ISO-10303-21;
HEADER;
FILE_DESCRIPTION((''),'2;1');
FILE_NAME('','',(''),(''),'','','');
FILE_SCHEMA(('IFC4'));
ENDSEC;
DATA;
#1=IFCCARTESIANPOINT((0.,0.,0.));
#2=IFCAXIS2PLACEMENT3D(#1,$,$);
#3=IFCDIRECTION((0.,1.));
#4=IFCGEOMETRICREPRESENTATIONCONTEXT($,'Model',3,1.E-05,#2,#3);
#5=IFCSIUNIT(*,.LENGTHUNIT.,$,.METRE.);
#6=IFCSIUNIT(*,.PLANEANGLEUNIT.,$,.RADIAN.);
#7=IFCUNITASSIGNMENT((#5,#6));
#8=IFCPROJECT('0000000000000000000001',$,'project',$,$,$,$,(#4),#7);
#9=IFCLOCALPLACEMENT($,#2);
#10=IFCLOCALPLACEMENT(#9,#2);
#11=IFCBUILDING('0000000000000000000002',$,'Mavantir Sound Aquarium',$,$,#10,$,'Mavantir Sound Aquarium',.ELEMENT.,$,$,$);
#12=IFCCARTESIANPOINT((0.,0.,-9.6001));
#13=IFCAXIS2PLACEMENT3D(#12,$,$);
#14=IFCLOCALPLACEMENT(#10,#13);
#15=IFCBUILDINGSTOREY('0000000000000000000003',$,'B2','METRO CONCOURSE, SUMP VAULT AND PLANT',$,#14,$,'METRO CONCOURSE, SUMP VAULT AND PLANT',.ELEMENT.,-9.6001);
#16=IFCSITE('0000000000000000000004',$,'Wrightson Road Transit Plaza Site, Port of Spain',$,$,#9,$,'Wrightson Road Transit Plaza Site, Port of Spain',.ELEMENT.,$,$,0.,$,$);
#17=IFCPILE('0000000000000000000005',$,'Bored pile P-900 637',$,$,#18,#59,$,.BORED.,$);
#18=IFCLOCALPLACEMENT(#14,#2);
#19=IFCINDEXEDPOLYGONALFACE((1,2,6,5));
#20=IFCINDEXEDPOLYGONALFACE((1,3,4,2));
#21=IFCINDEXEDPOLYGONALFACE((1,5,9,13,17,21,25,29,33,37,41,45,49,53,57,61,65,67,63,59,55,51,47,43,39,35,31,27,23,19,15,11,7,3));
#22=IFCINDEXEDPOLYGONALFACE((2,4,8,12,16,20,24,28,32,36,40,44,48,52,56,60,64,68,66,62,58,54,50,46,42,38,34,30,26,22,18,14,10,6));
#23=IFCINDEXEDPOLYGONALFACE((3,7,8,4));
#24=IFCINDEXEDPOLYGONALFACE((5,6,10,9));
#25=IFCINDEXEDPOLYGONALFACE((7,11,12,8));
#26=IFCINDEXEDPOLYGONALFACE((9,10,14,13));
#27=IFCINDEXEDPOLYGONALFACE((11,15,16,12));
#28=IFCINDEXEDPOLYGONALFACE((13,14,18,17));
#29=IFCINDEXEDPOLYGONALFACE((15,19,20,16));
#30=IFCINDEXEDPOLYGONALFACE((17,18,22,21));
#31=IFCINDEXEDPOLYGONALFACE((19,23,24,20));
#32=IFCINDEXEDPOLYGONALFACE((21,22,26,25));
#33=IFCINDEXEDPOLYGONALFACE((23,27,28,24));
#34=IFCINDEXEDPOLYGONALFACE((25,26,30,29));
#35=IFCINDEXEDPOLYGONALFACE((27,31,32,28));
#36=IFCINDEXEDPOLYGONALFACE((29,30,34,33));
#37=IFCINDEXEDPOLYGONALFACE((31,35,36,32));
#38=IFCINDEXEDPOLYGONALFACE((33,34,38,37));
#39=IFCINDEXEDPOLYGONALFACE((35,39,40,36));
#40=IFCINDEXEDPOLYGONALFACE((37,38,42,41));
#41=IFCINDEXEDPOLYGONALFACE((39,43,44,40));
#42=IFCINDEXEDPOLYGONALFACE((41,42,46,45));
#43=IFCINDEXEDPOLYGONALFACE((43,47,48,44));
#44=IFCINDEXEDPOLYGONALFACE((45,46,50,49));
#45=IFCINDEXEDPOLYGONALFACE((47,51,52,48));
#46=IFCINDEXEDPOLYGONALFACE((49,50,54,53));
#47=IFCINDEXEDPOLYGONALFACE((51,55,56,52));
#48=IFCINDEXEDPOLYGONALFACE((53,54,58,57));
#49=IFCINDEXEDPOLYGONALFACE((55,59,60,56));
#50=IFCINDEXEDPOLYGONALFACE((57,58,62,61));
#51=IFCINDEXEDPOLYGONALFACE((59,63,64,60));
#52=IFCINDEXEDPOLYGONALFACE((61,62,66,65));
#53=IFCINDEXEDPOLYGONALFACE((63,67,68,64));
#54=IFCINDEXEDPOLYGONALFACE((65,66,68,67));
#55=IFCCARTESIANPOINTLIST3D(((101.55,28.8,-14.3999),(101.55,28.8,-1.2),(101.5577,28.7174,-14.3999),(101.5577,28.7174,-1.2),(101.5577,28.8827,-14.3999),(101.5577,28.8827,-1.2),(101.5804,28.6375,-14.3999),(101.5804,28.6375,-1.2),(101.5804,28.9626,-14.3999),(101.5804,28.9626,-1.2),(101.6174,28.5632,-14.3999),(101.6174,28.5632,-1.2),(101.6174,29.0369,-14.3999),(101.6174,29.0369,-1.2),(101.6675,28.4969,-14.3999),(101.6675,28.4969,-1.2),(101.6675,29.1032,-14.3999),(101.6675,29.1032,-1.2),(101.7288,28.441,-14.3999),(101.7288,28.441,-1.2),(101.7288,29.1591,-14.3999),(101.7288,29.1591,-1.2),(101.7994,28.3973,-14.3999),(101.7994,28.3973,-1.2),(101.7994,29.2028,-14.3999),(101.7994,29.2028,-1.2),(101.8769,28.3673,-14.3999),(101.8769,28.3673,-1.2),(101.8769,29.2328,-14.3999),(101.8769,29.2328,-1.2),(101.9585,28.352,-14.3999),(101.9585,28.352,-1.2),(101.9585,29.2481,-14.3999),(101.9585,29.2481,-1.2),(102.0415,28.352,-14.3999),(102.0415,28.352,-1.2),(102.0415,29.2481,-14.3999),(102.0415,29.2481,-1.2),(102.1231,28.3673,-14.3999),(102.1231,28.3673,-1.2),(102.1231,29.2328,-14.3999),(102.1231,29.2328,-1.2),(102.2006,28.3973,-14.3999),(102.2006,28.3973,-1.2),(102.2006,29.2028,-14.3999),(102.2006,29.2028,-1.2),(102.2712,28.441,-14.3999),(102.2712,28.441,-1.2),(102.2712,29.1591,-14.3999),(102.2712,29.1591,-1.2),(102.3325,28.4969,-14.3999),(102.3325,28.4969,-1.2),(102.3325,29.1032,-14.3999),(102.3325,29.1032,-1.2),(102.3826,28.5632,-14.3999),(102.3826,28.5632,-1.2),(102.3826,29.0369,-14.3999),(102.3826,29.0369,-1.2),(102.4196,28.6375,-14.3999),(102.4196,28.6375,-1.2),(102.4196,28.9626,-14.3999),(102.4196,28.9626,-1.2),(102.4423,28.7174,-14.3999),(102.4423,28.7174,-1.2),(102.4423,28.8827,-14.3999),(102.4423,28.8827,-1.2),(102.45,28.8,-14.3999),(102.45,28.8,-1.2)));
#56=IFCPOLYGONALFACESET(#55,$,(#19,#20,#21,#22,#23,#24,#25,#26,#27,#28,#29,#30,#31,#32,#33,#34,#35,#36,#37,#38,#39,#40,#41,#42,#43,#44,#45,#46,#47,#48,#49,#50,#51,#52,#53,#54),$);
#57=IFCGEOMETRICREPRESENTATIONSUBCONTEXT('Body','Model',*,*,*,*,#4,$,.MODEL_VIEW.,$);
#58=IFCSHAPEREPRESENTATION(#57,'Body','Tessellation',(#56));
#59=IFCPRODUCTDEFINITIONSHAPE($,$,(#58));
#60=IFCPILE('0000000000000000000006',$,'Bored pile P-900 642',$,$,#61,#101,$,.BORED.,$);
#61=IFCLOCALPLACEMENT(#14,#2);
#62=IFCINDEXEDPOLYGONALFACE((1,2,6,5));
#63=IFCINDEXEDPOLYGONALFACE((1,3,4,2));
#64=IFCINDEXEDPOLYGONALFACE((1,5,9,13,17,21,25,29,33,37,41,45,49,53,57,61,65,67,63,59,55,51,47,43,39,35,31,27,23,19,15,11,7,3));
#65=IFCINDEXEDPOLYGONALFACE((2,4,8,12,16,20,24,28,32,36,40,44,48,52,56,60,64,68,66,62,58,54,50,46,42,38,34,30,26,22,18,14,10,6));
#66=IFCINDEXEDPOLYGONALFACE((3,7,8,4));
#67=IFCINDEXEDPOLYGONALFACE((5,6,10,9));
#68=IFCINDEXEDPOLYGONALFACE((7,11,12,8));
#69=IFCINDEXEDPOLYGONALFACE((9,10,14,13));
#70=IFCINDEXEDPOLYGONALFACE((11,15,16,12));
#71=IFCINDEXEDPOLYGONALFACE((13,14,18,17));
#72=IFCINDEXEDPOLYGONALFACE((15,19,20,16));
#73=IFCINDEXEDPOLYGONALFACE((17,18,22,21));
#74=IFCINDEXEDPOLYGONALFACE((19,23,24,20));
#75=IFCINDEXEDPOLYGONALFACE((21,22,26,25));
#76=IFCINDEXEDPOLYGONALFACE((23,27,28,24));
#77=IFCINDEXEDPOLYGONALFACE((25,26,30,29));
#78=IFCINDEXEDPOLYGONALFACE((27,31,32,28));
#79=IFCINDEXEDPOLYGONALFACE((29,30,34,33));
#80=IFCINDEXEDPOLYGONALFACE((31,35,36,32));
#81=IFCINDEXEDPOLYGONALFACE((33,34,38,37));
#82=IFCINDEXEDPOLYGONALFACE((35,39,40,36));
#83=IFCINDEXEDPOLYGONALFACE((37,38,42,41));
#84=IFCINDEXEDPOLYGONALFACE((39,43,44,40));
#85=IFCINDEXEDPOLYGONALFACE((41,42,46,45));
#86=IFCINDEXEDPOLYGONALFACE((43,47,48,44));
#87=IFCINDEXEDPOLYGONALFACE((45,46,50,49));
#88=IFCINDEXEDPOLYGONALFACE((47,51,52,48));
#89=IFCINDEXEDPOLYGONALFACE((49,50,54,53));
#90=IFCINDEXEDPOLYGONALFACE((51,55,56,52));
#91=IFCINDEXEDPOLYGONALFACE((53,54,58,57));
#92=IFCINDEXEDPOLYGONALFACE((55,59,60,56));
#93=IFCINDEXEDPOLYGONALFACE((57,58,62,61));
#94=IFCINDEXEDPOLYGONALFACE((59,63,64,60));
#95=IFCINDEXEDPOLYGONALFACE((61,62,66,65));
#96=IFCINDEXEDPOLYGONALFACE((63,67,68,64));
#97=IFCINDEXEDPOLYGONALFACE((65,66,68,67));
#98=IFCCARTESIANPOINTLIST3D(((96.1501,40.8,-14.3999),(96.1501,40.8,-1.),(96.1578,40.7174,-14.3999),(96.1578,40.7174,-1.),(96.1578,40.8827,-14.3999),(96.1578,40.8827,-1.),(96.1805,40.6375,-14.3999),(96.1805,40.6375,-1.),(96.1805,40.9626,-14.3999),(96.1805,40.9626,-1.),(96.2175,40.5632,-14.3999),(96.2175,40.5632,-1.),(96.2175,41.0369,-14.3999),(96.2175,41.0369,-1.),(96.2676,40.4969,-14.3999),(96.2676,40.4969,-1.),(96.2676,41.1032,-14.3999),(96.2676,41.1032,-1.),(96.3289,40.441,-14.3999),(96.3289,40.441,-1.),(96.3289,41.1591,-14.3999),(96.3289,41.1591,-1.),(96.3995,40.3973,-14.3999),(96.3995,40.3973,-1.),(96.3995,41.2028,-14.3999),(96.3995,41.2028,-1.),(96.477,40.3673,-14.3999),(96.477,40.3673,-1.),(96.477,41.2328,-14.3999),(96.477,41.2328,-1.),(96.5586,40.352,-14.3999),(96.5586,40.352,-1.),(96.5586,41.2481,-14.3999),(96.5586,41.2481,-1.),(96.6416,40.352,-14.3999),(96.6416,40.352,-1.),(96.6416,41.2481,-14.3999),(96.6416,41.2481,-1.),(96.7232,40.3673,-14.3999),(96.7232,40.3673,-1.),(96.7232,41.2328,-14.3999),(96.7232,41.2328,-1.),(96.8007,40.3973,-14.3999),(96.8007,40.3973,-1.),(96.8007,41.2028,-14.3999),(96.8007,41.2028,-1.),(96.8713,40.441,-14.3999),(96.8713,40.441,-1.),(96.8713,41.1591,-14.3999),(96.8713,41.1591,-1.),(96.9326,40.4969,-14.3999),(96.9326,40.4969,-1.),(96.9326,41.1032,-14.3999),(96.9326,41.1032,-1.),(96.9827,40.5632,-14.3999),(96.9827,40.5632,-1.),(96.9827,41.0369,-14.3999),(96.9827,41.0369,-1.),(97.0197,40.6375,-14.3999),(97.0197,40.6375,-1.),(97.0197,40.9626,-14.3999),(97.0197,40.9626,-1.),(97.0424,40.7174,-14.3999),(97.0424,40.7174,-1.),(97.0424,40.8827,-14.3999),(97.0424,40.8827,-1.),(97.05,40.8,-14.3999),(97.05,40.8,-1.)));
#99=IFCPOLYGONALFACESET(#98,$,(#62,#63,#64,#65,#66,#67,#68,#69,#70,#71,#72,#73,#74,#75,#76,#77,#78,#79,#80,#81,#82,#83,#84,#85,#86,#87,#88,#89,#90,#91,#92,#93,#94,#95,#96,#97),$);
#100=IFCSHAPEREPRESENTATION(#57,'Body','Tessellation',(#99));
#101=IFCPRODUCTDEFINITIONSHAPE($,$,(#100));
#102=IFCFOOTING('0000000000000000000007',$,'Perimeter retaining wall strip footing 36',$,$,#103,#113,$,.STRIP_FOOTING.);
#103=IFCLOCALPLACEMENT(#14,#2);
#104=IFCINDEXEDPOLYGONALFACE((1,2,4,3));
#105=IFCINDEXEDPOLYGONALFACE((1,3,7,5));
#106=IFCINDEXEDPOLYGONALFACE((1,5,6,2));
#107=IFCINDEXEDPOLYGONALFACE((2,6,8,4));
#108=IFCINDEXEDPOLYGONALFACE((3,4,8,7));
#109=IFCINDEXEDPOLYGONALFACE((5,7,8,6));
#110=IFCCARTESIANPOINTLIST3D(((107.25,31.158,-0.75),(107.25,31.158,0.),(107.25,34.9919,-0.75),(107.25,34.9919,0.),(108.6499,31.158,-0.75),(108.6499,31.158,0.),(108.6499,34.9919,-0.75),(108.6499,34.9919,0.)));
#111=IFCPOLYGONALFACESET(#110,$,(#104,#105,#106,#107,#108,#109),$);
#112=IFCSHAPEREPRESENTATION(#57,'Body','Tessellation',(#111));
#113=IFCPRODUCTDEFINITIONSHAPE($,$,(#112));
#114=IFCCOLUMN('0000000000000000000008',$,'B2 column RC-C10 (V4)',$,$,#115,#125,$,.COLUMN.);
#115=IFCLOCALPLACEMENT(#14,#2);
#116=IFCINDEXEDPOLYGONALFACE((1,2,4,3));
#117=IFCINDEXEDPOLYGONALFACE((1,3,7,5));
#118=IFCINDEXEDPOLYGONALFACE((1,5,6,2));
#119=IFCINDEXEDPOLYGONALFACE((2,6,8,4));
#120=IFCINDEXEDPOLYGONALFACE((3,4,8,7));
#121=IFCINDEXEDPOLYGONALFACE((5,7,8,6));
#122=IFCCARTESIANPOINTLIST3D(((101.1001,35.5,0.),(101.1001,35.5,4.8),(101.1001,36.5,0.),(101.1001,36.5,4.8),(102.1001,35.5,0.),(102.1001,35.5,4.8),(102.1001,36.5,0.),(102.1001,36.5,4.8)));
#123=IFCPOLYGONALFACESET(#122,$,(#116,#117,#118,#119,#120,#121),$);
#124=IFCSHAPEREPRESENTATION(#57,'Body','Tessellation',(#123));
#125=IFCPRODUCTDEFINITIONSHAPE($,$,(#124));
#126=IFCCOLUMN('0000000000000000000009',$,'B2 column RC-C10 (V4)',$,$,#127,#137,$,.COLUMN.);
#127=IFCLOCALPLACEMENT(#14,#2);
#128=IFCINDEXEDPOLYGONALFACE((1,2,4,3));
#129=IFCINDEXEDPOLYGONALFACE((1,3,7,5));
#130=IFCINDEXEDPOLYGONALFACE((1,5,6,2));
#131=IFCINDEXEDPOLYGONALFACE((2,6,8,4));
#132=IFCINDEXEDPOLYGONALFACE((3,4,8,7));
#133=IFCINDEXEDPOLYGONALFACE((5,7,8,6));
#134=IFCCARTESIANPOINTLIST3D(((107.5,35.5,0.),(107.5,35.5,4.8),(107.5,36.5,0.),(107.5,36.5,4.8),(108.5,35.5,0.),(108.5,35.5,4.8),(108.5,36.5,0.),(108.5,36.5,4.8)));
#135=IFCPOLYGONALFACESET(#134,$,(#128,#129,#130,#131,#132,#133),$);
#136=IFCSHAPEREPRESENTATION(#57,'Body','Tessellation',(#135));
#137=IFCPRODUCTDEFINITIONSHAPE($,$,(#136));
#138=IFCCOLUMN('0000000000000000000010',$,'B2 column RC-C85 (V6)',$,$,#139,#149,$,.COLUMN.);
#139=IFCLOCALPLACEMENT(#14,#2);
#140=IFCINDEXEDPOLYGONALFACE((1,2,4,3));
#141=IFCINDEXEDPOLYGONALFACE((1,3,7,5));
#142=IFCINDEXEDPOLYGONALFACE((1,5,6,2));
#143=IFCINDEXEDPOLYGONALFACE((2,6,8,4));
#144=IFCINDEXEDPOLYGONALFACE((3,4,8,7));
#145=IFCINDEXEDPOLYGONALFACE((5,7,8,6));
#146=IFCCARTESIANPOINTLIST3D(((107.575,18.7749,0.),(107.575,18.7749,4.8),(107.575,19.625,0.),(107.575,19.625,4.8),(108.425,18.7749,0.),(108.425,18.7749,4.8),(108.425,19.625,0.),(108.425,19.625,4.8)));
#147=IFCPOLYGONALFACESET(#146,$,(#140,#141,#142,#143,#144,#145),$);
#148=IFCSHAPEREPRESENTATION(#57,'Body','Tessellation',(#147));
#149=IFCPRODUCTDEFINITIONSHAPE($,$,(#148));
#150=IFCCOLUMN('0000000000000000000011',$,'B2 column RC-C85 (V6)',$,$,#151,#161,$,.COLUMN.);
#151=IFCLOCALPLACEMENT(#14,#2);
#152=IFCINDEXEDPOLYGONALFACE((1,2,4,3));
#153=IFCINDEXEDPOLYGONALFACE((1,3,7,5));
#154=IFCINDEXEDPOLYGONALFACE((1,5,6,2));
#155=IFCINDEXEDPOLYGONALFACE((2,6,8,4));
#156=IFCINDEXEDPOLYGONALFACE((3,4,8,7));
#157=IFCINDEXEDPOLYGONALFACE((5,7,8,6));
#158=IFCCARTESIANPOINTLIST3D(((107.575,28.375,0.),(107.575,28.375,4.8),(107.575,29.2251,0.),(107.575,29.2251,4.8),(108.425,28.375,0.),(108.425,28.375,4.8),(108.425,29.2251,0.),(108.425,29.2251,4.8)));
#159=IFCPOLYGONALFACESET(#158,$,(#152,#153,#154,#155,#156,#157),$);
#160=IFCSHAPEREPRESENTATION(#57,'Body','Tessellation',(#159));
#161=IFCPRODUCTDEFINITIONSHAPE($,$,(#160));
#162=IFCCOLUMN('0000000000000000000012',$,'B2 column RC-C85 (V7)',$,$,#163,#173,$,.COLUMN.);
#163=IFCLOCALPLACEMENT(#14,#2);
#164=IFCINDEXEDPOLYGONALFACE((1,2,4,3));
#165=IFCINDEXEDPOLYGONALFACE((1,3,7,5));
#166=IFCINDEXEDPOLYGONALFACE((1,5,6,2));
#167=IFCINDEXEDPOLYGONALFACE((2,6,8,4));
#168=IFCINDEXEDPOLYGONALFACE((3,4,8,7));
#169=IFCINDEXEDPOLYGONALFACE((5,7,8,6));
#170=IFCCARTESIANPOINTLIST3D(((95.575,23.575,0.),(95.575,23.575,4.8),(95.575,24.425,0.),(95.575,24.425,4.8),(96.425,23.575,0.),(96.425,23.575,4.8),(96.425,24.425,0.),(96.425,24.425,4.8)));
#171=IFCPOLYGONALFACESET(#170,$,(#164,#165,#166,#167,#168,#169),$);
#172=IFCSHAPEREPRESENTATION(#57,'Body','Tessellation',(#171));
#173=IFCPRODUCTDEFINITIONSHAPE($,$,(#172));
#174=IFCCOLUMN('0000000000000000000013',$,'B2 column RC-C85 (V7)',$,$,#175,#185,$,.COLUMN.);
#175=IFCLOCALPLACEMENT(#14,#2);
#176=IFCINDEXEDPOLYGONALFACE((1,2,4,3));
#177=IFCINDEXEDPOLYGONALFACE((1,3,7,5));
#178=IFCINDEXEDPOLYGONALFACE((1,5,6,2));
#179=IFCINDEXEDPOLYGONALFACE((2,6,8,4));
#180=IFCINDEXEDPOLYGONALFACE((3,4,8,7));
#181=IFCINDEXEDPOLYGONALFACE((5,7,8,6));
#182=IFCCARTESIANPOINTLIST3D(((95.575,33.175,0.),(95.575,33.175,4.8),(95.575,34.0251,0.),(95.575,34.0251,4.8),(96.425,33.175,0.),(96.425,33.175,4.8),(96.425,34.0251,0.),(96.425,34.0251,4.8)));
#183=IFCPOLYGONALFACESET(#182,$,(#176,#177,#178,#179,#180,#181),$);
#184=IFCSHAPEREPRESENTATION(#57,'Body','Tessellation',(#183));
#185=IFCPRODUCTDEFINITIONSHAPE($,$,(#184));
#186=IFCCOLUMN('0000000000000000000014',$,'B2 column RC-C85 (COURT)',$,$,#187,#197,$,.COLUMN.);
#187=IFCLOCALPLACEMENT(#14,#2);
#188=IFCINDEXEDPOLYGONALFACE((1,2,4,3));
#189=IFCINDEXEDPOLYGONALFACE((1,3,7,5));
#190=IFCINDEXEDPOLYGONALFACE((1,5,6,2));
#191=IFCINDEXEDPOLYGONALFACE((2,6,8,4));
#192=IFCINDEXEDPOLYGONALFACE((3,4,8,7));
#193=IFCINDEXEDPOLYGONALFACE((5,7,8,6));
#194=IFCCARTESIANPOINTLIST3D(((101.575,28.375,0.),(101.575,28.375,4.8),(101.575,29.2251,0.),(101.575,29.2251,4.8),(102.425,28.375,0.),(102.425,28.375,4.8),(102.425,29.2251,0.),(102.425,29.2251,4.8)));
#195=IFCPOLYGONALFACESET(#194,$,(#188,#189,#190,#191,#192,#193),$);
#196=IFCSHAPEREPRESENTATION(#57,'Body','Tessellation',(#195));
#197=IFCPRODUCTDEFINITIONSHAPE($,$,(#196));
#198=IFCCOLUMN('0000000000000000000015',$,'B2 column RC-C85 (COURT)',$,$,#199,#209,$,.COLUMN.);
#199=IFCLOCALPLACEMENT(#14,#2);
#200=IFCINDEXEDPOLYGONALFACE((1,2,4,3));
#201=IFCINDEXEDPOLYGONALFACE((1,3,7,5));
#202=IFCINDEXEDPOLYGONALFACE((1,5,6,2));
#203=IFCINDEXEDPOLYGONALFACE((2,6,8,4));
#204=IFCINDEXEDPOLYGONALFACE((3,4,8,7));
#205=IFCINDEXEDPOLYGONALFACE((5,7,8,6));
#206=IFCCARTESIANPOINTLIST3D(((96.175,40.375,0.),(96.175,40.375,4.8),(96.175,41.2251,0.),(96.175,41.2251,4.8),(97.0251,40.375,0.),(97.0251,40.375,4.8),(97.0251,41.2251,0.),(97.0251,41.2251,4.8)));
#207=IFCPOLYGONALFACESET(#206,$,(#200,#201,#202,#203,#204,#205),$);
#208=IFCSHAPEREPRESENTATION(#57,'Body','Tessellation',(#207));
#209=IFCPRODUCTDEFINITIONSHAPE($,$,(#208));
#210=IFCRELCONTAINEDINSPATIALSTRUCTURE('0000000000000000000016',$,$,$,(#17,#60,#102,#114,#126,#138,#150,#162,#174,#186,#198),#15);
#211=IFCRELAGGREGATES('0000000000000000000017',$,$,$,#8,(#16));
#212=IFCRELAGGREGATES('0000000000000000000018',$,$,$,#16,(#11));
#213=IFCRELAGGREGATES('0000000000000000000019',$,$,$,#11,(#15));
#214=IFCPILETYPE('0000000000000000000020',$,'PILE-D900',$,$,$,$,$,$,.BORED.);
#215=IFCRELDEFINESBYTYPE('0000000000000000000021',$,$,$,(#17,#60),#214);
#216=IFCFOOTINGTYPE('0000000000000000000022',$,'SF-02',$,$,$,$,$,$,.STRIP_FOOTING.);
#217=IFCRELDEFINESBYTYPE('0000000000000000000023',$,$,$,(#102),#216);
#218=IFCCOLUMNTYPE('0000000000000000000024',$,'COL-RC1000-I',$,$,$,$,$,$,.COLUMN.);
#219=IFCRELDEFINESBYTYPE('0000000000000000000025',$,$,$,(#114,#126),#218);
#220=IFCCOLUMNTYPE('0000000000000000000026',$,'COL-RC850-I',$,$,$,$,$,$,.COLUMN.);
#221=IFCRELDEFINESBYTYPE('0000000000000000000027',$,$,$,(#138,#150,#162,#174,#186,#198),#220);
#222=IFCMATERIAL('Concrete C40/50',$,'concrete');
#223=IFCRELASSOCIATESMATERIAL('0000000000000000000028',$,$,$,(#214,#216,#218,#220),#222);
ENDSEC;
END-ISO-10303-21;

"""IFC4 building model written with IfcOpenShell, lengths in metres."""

from ifc_helpers import new_model, si_unit, direction, frame, origin, origin_2d, place, context, subcontext, project, spatial, rectangle, circle, extrude, material, material_profile, profile_set, type_object, element, save


model = new_model("IFC4")

# Units and contexts
model_context = context("Model", 3, precision=1e-05, world=origin(), true_north=direction((0.0, 1.0)))
body_context = subcontext(model_context, "Body", "Model", "MODEL_VIEW")
ifc_project = project(units=[si_unit("LENGTHUNIT", "METRE"), si_unit("PLANEANGLEUNIT", "RADIAN")], contexts=[model_context])

# Site, building, storey
site_placement = place(None, origin())
site = spatial("IfcSite", under=ifc_project, at=site_placement, Name="Wrightson Road Transit Plaza Site, Port of Spain", LongName="Wrightson Road Transit Plaza Site, Port of Spain", CompositionType="ELEMENT", RefElevation=0.0)
building_placement = place(site_placement, origin())
building = spatial("IfcBuilding", under=site, at=building_placement, Name="Mavantir Sound Aquarium", LongName="Mavantir Sound Aquarium", CompositionType="ELEMENT")
storey_placement = place(building_placement, frame((0.0, 0.0, -9.6001)))
storey = spatial("IfcBuildingStorey", under=building, at=storey_placement, Name="B2", Description="METRO CONCOURSE, SUMP VAULT AND PLANT", LongName="METRO CONCOURSE, SUMP VAULT AND PLANT", CompositionType="ELEMENT", Elevation=-9.6001)

# Shared definitions
ifc_material_1 = material(Name="Concrete C40/50", Category="concrete")

# Piles
ifc_material_profile_1 = material_profile(ifc_material_1, circle(Radius=0.45, at=origin_2d()), Name="PILE D900")
ifc_profile_set_1 = profile_set([ifc_material_profile_1], Name="Concrete C40/50")
pile_type = type_object("IfcPileType", Name="PILE-D900", PredefinedType="BORED", material=ifc_profile_set_1)
pile_1_placement = place(storey_placement, frame((102.0, 28.8, -1.2), z_axis=(0.0, 0.0, -1.0), x_axis=(1.0, 0.0, 0.0)))
element("IfcPile", 1, at=pile_1_placement, inside=storey, type_object=pile_type, Name="Bored pile P-900 637", PredefinedType="BORED", context=body_context, shape_type="SweptSolid", body=[
    extrude(circle(Radius=0.45, at=origin_2d()), origin(), (0.0, 0.0, 1.0), 13.2),
])
pile_2_placement = place(storey_placement, frame((96.6001, 40.8, -1.0), z_axis=(0.0, 0.0, -1.0), x_axis=(1.0, 0.0, 0.0)))
element("IfcPile", 2, at=pile_2_placement, inside=storey, type_object=pile_type, Name="Bored pile P-900 642", PredefinedType="BORED", context=body_context, shape_type="SweptSolid", body=[
    extrude(circle(Radius=0.45, at=origin_2d()), origin(), (0.0, 0.0, 1.0), 13.3999),
])

# Footing
ifc_material_profile_2 = material_profile(ifc_material_1, rectangle(XDim=1.3999, YDim=0.75, at=origin_2d()), Name="RC 1400X750")
ifc_profile_set_2 = profile_set([ifc_material_profile_2], Name="Concrete C40/50")
footing_type_1 = type_object("IfcFootingType", Name="SF-02", PredefinedType="STRIP_FOOTING", material=ifc_profile_set_2)
footing_1_placement = place(storey_placement, frame((107.95, 34.9919, -0.375), z_axis=(0.0, -1.0, 0.0), x_axis=(1.0, 0.0, 0.0)))
element("IfcFooting", 3, at=footing_1_placement, inside=storey, type_object=footing_type_1, Name="Perimeter retaining wall strip footing 36", PredefinedType="STRIP_FOOTING", context=body_context, shape_type="SweptSolid", body=[
    extrude(rectangle(XDim=1.3999, YDim=0.75, at=origin_2d()), origin(), (0.0, 0.0, 1.0), 3.834),
])

# Columns
ifc_material_profile_3 = material_profile(ifc_material_1, rectangle(XDim=1.0, YDim=1.0, at=origin_2d()), Name="RC 1000X1000")
ifc_profile_set_3 = profile_set([ifc_material_profile_3], Name="Concrete C40/50")
column_type_1 = type_object("IfcColumnType", Name="COL-RC1000-I", PredefinedType="COLUMN", material=ifc_profile_set_3)
for number, where, z_axis, x_axis, name in (
    (4, (101.6001, 36.0, 0.0), (0.0, 0.0, 1.0), (1.0, 0.0, 0.0), "B2 column RC-C10 (V4)"),
    (5, (108.0, 36.0, 0.0), (0.0, 0.0, 1.0), (1.0, 0.0, 0.0), "B2 column RC-C10 (V4)"),
):
    element("IfcColumn", number, at=place(storey_placement, frame(where, z_axis=z_axis, x_axis=x_axis)), inside=storey, type_object=column_type_1, Name=name, PredefinedType="COLUMN", context=body_context, shape_type="SweptSolid", body=[
        extrude(rectangle(XDim=1.0, YDim=1.0, at=origin_2d()), origin(), (0.0, 0.0, 1.0), 4.8),
    ])
ifc_material_profile_4 = material_profile(ifc_material_1, rectangle(XDim=0.8501, YDim=0.8501, at=origin_2d()), Name="RC 850X850")
ifc_profile_set_4 = profile_set([ifc_material_profile_4], Name="Concrete C40/50")
column_type_2 = type_object("IfcColumnType", Name="COL-RC850-I", PredefinedType="COLUMN", material=ifc_profile_set_4)
for number, where, z_axis, x_axis, name in (
    (6, (108.0, 19.2, 0.0), (0.0, 0.0, 1.0), (1.0, 0.0, 0.0), "B2 column RC-C85 (V6)"),
    (7, (108.0, 28.8, 0.0), (0.0, 0.0, 1.0), (1.0, 0.0, 0.0), "B2 column RC-C85 (V6)"),
    (8, (96.0, 24.0, 0.0), (0.0, 0.0, 1.0), (1.0, 0.0, 0.0), "B2 column RC-C85 (V7)"),
    (9, (96.0, 33.6001, 0.0), (0.0, 0.0, 1.0), (1.0, 0.0, 0.0), "B2 column RC-C85 (V7)"),
    (10, (102.0, 28.8, 0.0), (0.0, 0.0, 1.0), (1.0, 0.0, 0.0), "B2 column RC-C85 (COURT)"),
    (11, (96.6001, 40.8, 0.0), (0.0, 0.0, 1.0), (1.0, 0.0, 0.0), "B2 column RC-C85 (COURT)"),
):
    element("IfcColumn", number, at=place(storey_placement, frame(where, z_axis=z_axis, x_axis=x_axis)), inside=storey, type_object=column_type_2, Name=name, PredefinedType="COLUMN", context=body_context, shape_type="SweptSolid", body=[
        extrude(rectangle(XDim=0.8501, YDim=0.8501, at=origin_2d()), origin(), (0.0, 0.0, 1.0), 4.8),
    ])

save(model, "model.ifc")
